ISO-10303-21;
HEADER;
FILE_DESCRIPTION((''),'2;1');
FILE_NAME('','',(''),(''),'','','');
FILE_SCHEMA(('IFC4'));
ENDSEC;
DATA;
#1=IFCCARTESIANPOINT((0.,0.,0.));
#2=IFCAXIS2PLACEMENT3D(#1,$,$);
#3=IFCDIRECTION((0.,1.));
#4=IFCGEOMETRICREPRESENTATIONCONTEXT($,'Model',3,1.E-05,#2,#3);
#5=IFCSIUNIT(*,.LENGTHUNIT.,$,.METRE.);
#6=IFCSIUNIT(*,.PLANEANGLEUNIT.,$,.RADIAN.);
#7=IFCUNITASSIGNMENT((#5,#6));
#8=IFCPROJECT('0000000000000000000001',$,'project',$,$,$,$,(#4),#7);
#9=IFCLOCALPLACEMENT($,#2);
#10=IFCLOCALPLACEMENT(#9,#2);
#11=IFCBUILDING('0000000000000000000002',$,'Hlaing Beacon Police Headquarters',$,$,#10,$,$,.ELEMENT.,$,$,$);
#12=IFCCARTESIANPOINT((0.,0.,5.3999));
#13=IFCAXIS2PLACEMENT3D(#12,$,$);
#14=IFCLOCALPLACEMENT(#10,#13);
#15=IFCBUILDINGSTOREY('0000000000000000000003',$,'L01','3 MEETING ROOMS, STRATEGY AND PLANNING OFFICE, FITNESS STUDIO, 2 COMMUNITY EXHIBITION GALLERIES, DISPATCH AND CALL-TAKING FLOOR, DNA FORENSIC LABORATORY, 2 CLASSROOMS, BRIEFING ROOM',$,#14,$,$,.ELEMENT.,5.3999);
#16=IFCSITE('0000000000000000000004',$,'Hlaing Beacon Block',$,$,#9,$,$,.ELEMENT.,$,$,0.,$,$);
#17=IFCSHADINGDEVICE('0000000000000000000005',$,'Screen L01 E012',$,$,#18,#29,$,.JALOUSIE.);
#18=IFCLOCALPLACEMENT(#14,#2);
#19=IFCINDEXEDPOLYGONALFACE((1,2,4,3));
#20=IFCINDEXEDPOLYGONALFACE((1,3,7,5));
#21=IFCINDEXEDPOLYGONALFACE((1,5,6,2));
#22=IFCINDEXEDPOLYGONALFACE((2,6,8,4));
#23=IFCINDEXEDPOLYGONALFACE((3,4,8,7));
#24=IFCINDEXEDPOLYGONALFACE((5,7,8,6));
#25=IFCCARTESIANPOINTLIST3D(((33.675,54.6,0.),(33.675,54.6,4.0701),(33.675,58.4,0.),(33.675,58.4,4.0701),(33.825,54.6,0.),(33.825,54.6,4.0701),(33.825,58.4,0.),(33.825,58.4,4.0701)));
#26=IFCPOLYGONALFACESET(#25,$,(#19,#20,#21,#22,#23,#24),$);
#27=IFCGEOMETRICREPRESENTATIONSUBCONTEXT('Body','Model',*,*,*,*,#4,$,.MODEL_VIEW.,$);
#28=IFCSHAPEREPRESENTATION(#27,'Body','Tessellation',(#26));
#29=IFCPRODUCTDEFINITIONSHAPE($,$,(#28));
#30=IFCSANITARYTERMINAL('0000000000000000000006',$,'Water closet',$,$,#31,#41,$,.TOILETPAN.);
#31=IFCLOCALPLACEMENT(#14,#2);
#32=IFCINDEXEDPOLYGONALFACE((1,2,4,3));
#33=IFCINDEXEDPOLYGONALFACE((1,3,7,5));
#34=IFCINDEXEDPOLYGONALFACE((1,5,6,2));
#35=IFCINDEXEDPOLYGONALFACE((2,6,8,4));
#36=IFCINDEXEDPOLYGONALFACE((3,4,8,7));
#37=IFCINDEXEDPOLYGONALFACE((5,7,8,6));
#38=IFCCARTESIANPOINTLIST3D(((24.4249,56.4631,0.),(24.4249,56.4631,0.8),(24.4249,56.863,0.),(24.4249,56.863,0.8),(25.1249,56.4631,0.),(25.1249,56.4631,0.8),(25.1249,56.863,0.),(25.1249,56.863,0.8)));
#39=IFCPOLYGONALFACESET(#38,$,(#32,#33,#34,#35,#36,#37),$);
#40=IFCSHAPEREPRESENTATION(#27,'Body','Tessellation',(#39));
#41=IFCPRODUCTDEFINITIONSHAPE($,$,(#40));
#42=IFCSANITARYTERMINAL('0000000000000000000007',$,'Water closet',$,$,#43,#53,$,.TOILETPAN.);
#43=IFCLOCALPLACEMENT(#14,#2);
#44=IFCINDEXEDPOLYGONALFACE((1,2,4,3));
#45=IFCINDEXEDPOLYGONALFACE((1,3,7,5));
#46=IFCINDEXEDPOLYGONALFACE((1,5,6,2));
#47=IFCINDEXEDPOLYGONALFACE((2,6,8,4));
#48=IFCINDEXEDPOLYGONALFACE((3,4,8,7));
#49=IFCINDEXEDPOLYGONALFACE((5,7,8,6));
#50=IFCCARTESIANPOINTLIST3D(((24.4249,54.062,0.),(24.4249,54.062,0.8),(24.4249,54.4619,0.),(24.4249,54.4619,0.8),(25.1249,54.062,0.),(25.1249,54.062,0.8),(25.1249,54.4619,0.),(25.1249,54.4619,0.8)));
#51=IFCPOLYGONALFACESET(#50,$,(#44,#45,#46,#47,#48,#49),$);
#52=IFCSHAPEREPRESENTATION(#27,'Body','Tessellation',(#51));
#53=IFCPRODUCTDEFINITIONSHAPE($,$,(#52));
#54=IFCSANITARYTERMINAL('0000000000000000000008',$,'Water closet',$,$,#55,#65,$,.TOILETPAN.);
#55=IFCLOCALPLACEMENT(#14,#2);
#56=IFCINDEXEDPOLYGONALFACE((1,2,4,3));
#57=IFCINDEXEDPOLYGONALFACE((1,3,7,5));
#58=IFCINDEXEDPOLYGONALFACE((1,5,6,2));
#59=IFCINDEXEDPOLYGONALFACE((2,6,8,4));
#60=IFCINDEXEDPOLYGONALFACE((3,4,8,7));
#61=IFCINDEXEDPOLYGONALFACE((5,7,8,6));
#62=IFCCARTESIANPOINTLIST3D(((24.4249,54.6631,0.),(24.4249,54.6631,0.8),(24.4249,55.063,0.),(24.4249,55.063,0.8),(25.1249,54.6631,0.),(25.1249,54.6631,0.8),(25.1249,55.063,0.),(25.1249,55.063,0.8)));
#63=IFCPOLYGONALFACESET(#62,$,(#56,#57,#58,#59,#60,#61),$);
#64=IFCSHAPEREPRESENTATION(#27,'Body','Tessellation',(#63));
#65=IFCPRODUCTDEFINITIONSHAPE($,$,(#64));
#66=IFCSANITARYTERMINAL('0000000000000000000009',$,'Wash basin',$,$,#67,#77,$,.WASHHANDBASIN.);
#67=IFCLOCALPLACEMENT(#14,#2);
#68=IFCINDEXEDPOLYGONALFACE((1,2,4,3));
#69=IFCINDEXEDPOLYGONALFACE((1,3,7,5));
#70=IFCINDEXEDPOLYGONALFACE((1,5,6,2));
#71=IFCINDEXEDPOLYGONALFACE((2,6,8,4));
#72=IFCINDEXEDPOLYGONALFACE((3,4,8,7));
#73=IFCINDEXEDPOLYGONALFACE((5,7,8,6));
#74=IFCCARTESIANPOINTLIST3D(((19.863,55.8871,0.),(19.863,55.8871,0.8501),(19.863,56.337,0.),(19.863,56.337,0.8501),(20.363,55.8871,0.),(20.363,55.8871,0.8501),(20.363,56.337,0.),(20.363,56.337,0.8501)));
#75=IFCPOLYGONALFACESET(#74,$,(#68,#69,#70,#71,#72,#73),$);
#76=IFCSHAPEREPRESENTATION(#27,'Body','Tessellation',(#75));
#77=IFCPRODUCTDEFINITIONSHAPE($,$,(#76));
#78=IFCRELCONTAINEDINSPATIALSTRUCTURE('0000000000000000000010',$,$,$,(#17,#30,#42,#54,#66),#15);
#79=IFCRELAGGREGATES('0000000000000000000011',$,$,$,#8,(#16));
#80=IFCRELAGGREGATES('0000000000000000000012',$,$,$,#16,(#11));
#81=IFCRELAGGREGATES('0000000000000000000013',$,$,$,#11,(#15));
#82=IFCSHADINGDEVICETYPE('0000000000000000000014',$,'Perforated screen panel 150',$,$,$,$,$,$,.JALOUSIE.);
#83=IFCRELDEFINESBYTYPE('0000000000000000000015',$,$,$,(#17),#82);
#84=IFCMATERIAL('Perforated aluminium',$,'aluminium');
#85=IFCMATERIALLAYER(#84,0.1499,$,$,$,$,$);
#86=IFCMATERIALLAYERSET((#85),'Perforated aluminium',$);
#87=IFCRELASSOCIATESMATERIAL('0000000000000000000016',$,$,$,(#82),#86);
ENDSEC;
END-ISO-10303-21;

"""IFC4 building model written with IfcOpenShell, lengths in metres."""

from ifc_helpers import new_model, si_unit, direction, frame, origin, origin_2d, place, context, subcontext, project, spatial, rectangle, extrude, material, layer, layer_set, type_object, element, save


model = new_model("IFC4")

# Units and contexts
model_context = context("Model", 3, precision=1e-05, world=origin(), true_north=direction((0.0, 1.0)))
body_context = subcontext(model_context, "Body", "Model", "MODEL_VIEW")
ifc_project = project(units=[si_unit("LENGTHUNIT", "METRE"), si_unit("PLANEANGLEUNIT", "RADIAN")], contexts=[model_context])

# Site, building, storey
site_placement = place(None, origin())
site = spatial("IfcSite", under=ifc_project, at=site_placement, Name="Hlaing Beacon Block", CompositionType="ELEMENT", RefElevation=0.0)
building_placement = place(site_placement, origin())
building = spatial("IfcBuilding", under=site, at=building_placement, Name="Hlaing Beacon Police Headquarters", CompositionType="ELEMENT")
storey_placement = place(building_placement, frame((0.0, 0.0, 5.3999)))
storey = spatial("IfcBuildingStorey", under=building, at=storey_placement, Name="L01", Description="3 MEETING ROOMS, STRATEGY AND PLANNING OFFICE, FITNESS STUDIO, 2 COMMUNITY EXHIBITION GALLERIES, DISPATCH AND CALL-TAKING FLOOR, DNA FORENSIC LABORATORY, 2 CLASSROOMS, BRIEFING ROOM", CompositionType="ELEMENT", Elevation=5.3999)

# Shading device
ifc_material_1 = material(Name="Perforated aluminium", Category="aluminium")
ifc_layer_1 = layer(ifc_material_1, 0.1499)
ifc_layer_set_1 = layer_set([ifc_layer_1], Name="Perforated aluminium")
shading_device_type = type_object("IfcShadingDeviceType", Name="Perforated screen panel 150", PredefinedType="JALOUSIE", material=ifc_layer_set_1)
shading_device_placement = place(storey_placement, frame((33.75, 56.5, 0.0), z_axis=(0.0, 0.0, 1.0), x_axis=(0.0, 1.0, 0.0)))
element("IfcShadingDevice", 1, at=shading_device_placement, inside=storey, type_object=shading_device_type, Name="Screen L01 E012", PredefinedType="JALOUSIE", context=body_context, shape_type="SweptSolid", body=[
    extrude(rectangle(XDim=3.8, YDim=0.1499, at=origin_2d()), origin(), (0.0, 0.0, 1.0), 4.0701),
])

# Sanitary terminals
for number, where, z_axis, x_axis, name in (
    (2, (24.7749, 56.6631, 0.0), (0.0, 0.0, 1.0), (1.0, 0.0, 0.0), "Water closet"),
    (3, (24.7749, 54.262, 0.0), (0.0, 0.0, 1.0), (1.0, 0.0, 0.0), "Water closet"),
    (4, (24.7749, 54.863, 0.0), (0.0, 0.0, 1.0), (1.0, 0.0, 0.0), "Water closet"),
):
    element("IfcSanitaryTerminal", number, at=place(storey_placement, frame(where, z_axis=z_axis, x_axis=x_axis)), inside=storey, Name=name, PredefinedType="TOILETPAN", context=body_context, shape_type="SweptSolid", body=[
        extrude(rectangle(XDim=0.7, YDim=0.3999, at=origin_2d()), origin(), (0.0, 0.0, 1.0), 0.8),
    ])
sanitary_terminal_placement = place(storey_placement, frame((20.113, 56.1121, 0.0), z_axis=(0.0, 0.0, 1.0), x_axis=(1.0, 0.0, 0.0)))
element("IfcSanitaryTerminal", 5, at=sanitary_terminal_placement, inside=storey, Name="Wash basin", PredefinedType="WASHHANDBASIN", context=body_context, shape_type="SweptSolid", body=[
    extrude(rectangle(XDim=0.5, YDim=0.45, at=origin_2d()), origin(), (0.0, 0.0, 1.0), 0.8501),
])

save(model, "model.ifc")
